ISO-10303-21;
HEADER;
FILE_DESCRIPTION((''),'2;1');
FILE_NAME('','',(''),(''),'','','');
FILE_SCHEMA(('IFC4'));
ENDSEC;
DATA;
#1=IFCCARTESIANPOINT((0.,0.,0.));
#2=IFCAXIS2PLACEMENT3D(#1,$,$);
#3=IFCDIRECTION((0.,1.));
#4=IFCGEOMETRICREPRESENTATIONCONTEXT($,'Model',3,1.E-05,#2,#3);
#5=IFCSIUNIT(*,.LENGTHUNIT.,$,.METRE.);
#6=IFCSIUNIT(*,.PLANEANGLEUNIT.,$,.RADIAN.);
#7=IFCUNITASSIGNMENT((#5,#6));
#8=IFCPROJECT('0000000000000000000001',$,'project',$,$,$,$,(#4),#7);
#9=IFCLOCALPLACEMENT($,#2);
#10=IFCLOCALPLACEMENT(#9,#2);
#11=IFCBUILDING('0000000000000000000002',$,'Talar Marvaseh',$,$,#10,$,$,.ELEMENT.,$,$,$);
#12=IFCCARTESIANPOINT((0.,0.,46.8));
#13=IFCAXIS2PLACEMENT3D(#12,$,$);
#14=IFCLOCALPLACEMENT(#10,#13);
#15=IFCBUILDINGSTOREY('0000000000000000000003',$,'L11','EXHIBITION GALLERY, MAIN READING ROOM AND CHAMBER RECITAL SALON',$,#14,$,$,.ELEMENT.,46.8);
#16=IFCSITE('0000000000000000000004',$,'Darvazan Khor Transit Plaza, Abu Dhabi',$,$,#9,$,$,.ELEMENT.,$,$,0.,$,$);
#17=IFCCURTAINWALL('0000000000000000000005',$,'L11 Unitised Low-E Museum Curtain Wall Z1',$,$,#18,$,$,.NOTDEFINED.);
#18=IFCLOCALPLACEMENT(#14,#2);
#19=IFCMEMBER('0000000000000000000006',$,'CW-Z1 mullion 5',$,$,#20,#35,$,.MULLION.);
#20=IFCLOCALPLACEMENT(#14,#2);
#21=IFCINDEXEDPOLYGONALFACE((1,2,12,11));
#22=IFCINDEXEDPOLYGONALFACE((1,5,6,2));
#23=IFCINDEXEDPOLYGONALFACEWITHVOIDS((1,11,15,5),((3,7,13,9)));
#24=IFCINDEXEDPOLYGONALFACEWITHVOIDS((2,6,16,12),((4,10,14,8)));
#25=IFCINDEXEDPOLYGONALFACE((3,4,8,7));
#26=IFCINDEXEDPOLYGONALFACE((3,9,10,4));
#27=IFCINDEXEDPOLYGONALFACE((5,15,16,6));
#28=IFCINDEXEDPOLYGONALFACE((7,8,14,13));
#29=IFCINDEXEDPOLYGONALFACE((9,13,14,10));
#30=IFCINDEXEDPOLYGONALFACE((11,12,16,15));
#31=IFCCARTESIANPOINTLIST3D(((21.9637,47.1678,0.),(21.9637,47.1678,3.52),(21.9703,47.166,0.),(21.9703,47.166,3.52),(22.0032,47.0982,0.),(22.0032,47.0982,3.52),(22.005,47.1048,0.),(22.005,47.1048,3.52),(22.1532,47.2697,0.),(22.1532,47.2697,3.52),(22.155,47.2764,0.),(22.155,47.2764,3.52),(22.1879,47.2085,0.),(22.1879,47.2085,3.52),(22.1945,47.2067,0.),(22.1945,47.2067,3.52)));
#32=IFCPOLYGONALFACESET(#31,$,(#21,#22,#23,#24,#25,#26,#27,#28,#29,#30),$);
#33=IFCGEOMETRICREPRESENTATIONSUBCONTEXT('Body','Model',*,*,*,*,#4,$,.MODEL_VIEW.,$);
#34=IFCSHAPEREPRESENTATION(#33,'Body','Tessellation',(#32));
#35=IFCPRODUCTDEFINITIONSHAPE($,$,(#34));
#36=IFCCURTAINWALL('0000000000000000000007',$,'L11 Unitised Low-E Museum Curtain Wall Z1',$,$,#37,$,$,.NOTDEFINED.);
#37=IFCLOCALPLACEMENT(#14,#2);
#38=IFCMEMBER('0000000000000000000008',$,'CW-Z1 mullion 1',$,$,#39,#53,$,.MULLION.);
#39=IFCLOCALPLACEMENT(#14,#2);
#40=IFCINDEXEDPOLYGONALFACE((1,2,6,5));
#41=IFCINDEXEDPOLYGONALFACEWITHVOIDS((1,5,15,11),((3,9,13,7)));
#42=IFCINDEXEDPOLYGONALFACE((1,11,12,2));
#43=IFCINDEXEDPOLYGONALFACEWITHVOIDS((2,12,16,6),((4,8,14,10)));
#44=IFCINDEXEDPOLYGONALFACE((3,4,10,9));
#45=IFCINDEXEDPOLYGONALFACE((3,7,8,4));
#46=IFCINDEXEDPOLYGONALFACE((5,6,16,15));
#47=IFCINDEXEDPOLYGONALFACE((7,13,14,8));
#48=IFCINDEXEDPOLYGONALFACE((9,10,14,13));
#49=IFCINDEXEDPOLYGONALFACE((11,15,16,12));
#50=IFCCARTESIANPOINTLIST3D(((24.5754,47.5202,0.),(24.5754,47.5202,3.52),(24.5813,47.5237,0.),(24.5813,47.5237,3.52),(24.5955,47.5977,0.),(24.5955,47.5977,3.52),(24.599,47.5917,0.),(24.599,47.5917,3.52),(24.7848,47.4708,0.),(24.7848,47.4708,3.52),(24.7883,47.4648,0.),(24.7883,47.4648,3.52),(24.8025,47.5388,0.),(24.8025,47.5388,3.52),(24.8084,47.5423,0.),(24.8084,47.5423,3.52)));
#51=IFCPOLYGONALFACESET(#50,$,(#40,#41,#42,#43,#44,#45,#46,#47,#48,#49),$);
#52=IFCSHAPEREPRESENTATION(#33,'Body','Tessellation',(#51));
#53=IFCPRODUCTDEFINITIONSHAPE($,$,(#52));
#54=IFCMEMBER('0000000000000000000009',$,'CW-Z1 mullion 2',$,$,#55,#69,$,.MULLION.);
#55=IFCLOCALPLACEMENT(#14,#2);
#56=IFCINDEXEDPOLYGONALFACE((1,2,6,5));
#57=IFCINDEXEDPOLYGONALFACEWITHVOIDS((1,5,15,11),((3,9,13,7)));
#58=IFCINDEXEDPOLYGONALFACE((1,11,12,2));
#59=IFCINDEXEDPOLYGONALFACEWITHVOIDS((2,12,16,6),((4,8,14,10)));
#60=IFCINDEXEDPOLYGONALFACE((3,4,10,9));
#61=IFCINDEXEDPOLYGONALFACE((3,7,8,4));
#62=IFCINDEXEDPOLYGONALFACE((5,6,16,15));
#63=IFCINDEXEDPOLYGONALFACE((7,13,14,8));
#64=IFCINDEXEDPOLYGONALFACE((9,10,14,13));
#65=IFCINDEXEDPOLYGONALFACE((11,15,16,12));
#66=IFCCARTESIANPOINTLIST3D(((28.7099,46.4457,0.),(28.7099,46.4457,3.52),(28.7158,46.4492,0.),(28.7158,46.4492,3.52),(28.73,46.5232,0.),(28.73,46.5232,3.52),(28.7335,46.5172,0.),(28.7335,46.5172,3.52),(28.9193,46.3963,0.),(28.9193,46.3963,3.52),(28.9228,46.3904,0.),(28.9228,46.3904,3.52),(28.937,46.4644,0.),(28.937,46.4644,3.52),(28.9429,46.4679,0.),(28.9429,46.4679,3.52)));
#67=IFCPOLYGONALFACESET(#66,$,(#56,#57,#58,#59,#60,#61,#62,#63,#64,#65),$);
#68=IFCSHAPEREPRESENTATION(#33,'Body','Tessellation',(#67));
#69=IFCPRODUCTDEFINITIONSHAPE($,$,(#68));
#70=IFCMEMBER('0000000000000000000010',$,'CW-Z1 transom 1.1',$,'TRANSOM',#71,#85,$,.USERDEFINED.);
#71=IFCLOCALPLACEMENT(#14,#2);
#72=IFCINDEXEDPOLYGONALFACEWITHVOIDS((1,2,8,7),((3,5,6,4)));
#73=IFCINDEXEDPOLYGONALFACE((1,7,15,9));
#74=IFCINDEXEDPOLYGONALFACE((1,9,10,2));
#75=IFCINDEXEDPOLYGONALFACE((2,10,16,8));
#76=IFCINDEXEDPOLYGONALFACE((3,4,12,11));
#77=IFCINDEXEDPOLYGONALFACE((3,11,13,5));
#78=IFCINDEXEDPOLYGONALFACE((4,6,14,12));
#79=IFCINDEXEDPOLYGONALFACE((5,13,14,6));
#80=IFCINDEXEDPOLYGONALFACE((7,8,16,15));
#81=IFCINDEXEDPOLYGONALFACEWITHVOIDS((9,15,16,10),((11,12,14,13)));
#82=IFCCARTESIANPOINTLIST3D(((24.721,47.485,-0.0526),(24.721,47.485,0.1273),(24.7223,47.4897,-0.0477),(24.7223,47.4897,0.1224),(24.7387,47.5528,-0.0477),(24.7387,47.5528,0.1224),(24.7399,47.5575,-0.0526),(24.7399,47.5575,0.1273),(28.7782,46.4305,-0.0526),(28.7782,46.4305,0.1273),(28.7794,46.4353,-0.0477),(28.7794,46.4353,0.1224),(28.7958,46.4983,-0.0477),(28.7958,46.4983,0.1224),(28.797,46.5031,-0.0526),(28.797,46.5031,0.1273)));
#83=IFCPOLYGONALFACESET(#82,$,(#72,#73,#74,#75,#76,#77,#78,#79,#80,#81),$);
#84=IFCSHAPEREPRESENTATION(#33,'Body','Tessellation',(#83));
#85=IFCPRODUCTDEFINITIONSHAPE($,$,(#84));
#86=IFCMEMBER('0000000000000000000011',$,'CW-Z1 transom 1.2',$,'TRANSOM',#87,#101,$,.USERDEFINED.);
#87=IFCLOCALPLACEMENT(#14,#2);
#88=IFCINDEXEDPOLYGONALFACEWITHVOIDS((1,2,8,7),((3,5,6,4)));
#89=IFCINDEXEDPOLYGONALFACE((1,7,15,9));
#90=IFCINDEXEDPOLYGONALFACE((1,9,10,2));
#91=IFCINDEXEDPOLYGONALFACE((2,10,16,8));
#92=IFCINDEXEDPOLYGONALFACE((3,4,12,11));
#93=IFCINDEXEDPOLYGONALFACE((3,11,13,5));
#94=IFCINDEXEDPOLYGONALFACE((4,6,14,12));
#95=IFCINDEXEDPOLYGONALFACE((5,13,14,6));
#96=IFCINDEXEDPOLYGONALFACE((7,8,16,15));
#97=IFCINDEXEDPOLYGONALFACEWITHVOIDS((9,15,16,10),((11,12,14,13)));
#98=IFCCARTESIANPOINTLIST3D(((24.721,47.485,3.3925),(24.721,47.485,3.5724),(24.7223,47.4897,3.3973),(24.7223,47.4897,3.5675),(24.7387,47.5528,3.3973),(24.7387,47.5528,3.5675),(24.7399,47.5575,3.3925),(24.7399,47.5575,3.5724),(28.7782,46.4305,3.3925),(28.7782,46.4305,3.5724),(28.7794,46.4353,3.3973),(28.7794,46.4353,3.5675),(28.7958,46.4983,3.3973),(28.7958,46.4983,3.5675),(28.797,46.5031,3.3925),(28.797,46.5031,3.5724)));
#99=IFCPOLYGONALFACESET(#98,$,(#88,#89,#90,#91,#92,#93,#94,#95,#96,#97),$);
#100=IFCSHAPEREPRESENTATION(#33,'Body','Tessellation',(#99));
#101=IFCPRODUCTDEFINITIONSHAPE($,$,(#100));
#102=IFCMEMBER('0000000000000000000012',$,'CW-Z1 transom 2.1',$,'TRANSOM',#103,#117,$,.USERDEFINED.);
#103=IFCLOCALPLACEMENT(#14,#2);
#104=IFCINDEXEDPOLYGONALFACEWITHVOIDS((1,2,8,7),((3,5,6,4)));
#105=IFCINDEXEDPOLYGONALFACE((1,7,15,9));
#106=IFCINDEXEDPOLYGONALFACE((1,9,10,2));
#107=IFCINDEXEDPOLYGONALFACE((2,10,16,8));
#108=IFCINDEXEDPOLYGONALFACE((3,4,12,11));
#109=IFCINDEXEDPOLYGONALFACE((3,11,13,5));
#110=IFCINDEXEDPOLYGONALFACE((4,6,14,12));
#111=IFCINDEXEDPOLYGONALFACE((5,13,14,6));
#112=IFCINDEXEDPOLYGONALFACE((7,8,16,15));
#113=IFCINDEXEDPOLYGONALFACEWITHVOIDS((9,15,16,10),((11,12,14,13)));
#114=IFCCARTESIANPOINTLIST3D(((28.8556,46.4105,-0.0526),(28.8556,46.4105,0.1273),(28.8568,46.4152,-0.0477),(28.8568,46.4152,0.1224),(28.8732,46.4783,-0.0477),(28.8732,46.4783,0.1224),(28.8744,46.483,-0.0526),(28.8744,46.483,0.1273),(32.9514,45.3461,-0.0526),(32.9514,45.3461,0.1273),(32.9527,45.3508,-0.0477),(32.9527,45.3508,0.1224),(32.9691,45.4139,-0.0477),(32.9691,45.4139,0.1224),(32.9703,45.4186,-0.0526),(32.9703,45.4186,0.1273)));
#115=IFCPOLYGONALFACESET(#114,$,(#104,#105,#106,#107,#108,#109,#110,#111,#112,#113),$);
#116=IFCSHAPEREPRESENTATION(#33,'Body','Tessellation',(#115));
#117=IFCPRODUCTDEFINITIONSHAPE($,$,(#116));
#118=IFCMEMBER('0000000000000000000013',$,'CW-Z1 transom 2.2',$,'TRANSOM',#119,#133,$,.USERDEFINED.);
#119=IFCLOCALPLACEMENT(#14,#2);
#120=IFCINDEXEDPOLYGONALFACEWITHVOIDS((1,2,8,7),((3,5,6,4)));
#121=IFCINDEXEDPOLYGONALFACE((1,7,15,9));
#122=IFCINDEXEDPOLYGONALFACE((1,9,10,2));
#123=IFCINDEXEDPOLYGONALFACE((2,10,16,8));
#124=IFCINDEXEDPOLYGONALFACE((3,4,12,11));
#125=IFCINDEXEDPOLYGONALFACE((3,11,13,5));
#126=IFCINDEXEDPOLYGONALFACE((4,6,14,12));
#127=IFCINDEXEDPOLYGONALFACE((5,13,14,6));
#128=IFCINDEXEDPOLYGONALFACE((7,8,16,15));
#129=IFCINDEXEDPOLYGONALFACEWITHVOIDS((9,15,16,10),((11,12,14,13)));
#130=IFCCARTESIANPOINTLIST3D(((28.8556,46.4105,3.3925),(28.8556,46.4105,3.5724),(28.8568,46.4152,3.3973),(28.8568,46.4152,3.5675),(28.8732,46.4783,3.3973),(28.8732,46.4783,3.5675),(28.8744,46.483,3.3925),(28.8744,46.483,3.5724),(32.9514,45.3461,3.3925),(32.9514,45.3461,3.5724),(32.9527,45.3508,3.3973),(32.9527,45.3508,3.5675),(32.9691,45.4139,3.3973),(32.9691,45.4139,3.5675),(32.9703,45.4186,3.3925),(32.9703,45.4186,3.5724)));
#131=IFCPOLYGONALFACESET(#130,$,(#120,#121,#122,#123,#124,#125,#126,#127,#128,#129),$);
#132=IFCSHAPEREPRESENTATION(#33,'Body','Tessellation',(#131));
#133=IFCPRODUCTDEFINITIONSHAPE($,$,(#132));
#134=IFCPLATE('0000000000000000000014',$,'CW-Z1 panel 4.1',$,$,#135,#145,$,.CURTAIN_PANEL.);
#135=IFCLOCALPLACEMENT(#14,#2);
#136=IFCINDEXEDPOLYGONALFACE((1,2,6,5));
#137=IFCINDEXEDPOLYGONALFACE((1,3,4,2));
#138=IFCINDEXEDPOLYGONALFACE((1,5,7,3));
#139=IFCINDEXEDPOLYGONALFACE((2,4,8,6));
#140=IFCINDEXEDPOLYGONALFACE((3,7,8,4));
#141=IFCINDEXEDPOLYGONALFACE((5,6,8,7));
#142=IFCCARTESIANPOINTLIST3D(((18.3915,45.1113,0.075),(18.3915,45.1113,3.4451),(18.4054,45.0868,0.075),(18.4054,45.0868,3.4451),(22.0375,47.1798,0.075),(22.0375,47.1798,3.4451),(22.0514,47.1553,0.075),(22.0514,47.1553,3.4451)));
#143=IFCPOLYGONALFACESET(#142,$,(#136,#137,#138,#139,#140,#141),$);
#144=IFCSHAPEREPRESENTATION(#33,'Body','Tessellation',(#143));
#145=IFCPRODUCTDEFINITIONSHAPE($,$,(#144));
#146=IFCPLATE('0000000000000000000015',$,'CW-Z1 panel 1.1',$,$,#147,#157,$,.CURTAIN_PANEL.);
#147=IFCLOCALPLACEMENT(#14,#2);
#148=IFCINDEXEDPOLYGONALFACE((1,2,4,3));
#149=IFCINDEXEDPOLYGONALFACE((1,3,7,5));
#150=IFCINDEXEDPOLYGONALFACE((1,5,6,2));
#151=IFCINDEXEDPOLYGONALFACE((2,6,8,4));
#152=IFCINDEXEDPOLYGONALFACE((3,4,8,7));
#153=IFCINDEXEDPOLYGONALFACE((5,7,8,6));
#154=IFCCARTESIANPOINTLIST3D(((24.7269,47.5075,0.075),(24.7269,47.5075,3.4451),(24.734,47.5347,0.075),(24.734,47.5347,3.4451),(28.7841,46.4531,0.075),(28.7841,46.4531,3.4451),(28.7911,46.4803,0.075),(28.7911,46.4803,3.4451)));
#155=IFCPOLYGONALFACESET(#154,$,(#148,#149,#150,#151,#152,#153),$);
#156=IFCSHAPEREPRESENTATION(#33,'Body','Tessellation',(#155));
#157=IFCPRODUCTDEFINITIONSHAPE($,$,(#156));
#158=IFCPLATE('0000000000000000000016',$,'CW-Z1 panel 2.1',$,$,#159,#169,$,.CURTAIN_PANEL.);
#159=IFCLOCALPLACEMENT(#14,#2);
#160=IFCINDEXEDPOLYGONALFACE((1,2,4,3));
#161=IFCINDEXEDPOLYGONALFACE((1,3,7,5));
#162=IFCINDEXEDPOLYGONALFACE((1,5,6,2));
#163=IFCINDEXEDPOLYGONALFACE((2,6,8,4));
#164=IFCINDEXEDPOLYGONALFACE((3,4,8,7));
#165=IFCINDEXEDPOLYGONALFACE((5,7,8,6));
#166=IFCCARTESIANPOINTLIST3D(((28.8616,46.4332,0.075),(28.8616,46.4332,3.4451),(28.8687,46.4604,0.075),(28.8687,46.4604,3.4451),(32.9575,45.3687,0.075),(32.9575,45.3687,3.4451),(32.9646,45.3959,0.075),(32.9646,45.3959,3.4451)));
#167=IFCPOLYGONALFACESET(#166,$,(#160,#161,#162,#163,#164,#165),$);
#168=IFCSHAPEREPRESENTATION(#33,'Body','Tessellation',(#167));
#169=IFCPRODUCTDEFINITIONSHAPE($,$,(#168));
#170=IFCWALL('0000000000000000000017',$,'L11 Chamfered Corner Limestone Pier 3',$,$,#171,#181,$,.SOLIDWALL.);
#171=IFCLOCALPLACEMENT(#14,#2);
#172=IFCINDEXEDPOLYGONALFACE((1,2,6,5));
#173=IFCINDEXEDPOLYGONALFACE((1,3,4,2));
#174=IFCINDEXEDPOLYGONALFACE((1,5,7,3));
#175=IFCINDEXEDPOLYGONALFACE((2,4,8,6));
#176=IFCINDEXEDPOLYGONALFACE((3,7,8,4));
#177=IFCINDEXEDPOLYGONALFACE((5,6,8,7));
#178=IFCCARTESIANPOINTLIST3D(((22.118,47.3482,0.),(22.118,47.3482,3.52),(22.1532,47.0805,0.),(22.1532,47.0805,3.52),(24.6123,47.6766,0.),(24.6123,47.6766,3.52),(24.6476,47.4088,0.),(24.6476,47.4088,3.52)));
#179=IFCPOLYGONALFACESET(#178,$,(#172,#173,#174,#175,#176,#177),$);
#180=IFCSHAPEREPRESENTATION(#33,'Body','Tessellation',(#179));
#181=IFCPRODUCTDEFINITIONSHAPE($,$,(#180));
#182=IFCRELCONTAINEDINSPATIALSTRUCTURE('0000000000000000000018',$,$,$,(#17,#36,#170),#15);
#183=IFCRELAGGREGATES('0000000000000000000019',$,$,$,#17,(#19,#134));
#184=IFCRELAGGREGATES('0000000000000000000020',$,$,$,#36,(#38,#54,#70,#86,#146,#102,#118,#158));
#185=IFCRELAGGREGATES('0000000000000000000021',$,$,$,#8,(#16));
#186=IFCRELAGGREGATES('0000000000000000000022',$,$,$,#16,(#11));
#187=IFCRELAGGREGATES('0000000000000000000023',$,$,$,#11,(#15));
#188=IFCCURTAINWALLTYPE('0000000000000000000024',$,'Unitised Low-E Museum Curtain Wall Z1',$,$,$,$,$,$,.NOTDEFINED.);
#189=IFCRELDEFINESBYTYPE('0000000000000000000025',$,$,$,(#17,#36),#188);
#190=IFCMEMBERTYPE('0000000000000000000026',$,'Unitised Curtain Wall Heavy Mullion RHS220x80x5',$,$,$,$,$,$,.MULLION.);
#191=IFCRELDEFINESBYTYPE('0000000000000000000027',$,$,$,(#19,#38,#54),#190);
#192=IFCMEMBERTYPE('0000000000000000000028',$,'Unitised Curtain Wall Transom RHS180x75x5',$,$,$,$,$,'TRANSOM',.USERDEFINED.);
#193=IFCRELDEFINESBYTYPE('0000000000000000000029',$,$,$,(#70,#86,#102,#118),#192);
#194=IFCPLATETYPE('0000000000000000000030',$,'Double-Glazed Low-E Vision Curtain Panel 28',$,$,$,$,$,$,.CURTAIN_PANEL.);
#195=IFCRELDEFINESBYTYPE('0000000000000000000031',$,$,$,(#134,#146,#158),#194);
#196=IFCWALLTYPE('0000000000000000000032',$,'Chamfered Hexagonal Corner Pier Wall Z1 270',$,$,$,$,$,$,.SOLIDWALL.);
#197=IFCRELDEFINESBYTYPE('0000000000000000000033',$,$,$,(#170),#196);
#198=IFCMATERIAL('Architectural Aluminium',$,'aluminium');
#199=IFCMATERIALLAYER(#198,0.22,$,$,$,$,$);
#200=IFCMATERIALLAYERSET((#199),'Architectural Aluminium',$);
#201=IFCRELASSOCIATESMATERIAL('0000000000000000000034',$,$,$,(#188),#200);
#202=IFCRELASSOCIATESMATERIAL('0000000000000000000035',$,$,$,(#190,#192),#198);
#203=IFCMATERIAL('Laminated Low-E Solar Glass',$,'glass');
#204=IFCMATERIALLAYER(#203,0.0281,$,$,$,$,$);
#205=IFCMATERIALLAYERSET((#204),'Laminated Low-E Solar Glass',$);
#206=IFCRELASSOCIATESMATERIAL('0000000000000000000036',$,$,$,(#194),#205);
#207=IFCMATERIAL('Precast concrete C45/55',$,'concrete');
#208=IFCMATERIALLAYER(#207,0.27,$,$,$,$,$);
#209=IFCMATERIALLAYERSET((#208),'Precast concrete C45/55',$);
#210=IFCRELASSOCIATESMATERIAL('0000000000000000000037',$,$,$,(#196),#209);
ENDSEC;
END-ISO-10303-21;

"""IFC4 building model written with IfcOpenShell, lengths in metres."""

from ifc_helpers import new_model, si_unit, direction, frame, frame_2d, origin, origin_2d, place, context, subcontext, project, spatial, rectangle, hollow_rectangle, extrude, source, transform, mapped, material, layer, layer_set, material_profile, profile_set, type_object, type_shapes, element, aggregate, save


model = new_model("IFC4")

# Units and contexts
model_context = context("Model", 3, precision=1e-05, world=origin(), true_north=direction((0.0, 1.0)))
body_context = subcontext(model_context, "Body", "Model", "MODEL_VIEW")
ifc_project = project(units=[si_unit("LENGTHUNIT", "METRE"), si_unit("PLANEANGLEUNIT", "RADIAN")], contexts=[model_context])

# Site, building, storey
site_placement = place(None, origin())
site = spatial("IfcSite", under=ifc_project, at=site_placement, Name="Darvazan Khor Transit Plaza, Abu Dhabi", CompositionType="ELEMENT", RefElevation=0.0)
building_placement = place(site_placement, origin())
building = spatial("IfcBuilding", under=site, at=building_placement, Name="Talar Marvaseh", CompositionType="ELEMENT")
storey_placement = place(building_placement, frame((0.0, 0.0, 46.8)))
storey = spatial("IfcBuildingStorey", under=building, at=storey_placement, Name="L11", Description="EXHIBITION GALLERY, MAIN READING ROOM AND CHAMBER RECITAL SALON", CompositionType="ELEMENT", Elevation=46.8)

# Curtain wall, member
ifc_material_1 = material(Name="Architectural Aluminium", Category="aluminium")
ifc_layer_1 = layer(ifc_material_1, 0.22)
ifc_layer_set_1 = layer_set([ifc_layer_1], Name="Architectural Aluminium")
curtain_wall_type = type_object("IfcCurtainWallType", Name="Unitised Low-E Museum Curtain Wall Z1", PredefinedType="NOTDEFINED", material=ifc_layer_set_1)
curtain_wall_1_placement = place(storey_placement, origin())
curtain_wall_1 = element("IfcCurtainWall", 1, at=curtain_wall_1_placement, inside=storey, type_object=curtain_wall_type, Name="L11 Unitised Low-E Museum Curtain Wall Z1", PredefinedType="NOTDEFINED")
ifc_material_profile_1 = material_profile(ifc_material_1, hollow_rectangle(XDim=0.0801, YDim=0.22, WallThickness=0.0049, at=origin_2d()), Name="RHS220x80x5")
ifc_profile_set_1 = profile_set([ifc_material_profile_1], Name="Architectural Aluminium")
member_type_1 = type_object("IfcMemberType", Name="Unitised Curtain Wall Heavy Mullion RHS220x80x5", PredefinedType="MULLION", material=ifc_profile_set_1)
shared_shape_1 = source(origin(), body_context, "Body", "SweptSolid", [
    extrude(hollow_rectangle(XDim=0.0801, YDim=0.22, WallThickness=0.0049, at=origin_2d()), origin(), (0.0, 0.0, 1.0), 3.52),
])
type_shapes(member_type_1, [shared_shape_1])
member_1_placement = place(storey_placement, frame((22.0791, 47.1873, 0.0), z_axis=(0.0, 0.0, 1.0), x_axis=(-0.493456, 0.869771, 0.0)))
member_1 = element("IfcMember", 2, at=member_1_placement, type_object=member_type_1, Name="CW-Z1 mullion 5", PredefinedType="MULLION", context=body_context, shape_type="MappedRepresentation", body=[
    mapped(shared_shape_1, transform((0.0, 0.0, 0.0), x_axis=(1.0, 0.0, 0.0), y_axis=(0.0, 1.0, 0.0), z_axis=(0.0, 0.0, 1.0), scale=1.0)),
])

# Curtain wall, members
curtain_wall_2_placement = place(storey_placement, origin())
curtain_wall_2 = element("IfcCurtainWall", 3, at=curtain_wall_2_placement, inside=storey, type_object=curtain_wall_type, Name="L11 Unitised Low-E Museum Curtain Wall Z1", PredefinedType="NOTDEFINED")
member_2_placement = place(storey_placement, frame((24.6919, 47.5312, 0.0), z_axis=(0.0, 0.0, 1.0), x_axis=(0.251525, 0.967851, 0.0)))
member_2 = element("IfcMember", 4, at=member_2_placement, type_object=member_type_1, Name="CW-Z1 mullion 1", PredefinedType="MULLION", context=body_context, shape_type="MappedRepresentation", body=[
    mapped(shared_shape_1, transform((0.0, 0.0, 0.0), x_axis=(1.0, 0.0, 0.0), y_axis=(0.0, 1.0, 0.0), z_axis=(0.0, 0.0, 1.0), scale=1.0)),
])
member_3_placement = place(storey_placement, frame((28.8264, 46.4568, 0.0), z_axis=(0.0, 0.0, 1.0), x_axis=(0.251525, 0.967851, 0.0)))
member_3 = element("IfcMember", 5, at=member_3_placement, type_object=member_type_1, Name="CW-Z1 mullion 2", PredefinedType="MULLION", context=body_context, shape_type="MappedRepresentation", body=[
    mapped(shared_shape_1, transform((0.0, 0.0, 0.0), x_axis=(1.0, 0.0, 0.0), y_axis=(0.0, 1.0, 0.0), z_axis=(0.0, 0.0, 1.0), scale=1.0)),
])
ifc_material_profile_2 = material_profile(ifc_material_1, hollow_rectangle(XDim=0.075, YDim=0.1799, WallThickness=0.0049, at=origin_2d()), Name="RHS180x75x5")
ifc_profile_set_2 = profile_set([ifc_material_profile_2], Name="Architectural Aluminium")
member_type_2 = type_object("IfcMemberType", Name="Unitised Curtain Wall Transom RHS180x75x5", ElementType="TRANSOM", PredefinedType="USERDEFINED", material=ifc_profile_set_2)
shared_shape_2 = source(origin(), body_context, "Body", "SweptSolid", [
    extrude(hollow_rectangle(XDim=0.075, YDim=0.1799, WallThickness=0.0049, at=origin_2d()), origin(), (0.0, 0.0, 1.0), 4.1919),
])
member_4_placement = place(storey_placement, frame((24.7305, 47.5212, 0.0374), z_axis=(0.967846, -0.251542, 0.0), x_axis=(0.251542, 0.967846, 0.0)))
member_4 = element("IfcMember", 6, at=member_4_placement, type_object=member_type_2, Name="CW-Z1 transom 1.1", ObjectType="TRANSOM", PredefinedType="USERDEFINED", context=body_context, shape_type="MappedRepresentation", body=[
    mapped(shared_shape_2, transform((0.0, 0.0, 0.0), x_axis=(1.0, 0.0, 0.0), y_axis=(0.0, 1.0, 0.0), z_axis=(0.0, 0.0, 1.0), scale=1.0)),
])
member_5_placement = place(storey_placement, frame((24.7305, 47.5212, 3.4824), z_axis=(0.967846, -0.251542, 0.0), x_axis=(0.251542, 0.967846, 0.0)))
member_5 = element("IfcMember", 7, at=member_5_placement, type_object=member_type_2, Name="CW-Z1 transom 1.2", ObjectType="TRANSOM", PredefinedType="USERDEFINED", context=body_context, shape_type="MappedRepresentation", body=[
    mapped(shared_shape_2, transform((0.0, 0.0, 0.0), x_axis=(1.0, 0.0, 0.0), y_axis=(0.0, 1.0, 0.0), z_axis=(0.0, 0.0, 1.0), scale=1.0)),
])
shared_shape_3 = source(origin(), body_context, "Body", "SweptSolid", [
    extrude(hollow_rectangle(XDim=0.075, YDim=0.1799, WallThickness=0.0049, at=origin_2d()), origin(), (0.0, 0.0, 1.0), 4.2319),
])
type_shapes(member_type_2, [shared_shape_2, shared_shape_3])
member_6_placement = place(storey_placement, frame((28.865, 46.4468, 0.0374), z_axis=(0.967851, -0.251525, 0.0), x_axis=(0.251525, 0.967851, 0.0)))
member_6 = element("IfcMember", 8, at=member_6_placement, type_object=member_type_2, Name="CW-Z1 transom 2.1", ObjectType="TRANSOM", PredefinedType="USERDEFINED", context=body_context, shape_type="MappedRepresentation", body=[
    mapped(shared_shape_3, transform((0.0, 0.0, 0.0), x_axis=(1.0, 0.0, 0.0), y_axis=(0.0, 1.0, 0.0), z_axis=(0.0, 0.0, 1.0), scale=1.0)),
])
member_7_placement = place(storey_placement, frame((28.865, 46.4468, 3.4824), z_axis=(0.967851, -0.251525, 0.0), x_axis=(0.251525, 0.967851, 0.0)))
member_7 = element("IfcMember", 9, at=member_7_placement, type_object=member_type_2, Name="CW-Z1 transom 2.2", ObjectType="TRANSOM", PredefinedType="USERDEFINED", context=body_context, shape_type="MappedRepresentation", body=[
    mapped(shared_shape_3, transform((0.0, 0.0, 0.0), x_axis=(1.0, 0.0, 0.0), y_axis=(0.0, 1.0, 0.0), z_axis=(0.0, 0.0, 1.0), scale=1.0)),
])

# Plates
ifc_material_2 = material(Name="Laminated Low-E Solar Glass", Category="glass")
ifc_layer_2 = layer(ifc_material_2, 0.0281)
ifc_layer_set_2 = layer_set([ifc_layer_2], Name="Laminated Low-E Solar Glass")
plate_type = type_object("IfcPlateType", Name="Double-Glazed Low-E Vision Curtain Panel 28", PredefinedType="CURTAIN_PANEL", material=ifc_layer_set_2)
shared_shape_4 = source(origin(), body_context, "Body", "SweptSolid", [
    extrude(rectangle(XDim=4.1919, YDim=0.0281, at=origin_2d()), origin(), (0.0, 0.0, 1.0), 3.3701),
])
plate_1_placement = place(storey_placement, frame((20.2214, 46.1333, 0.075), z_axis=(0.0, 0.0, 1.0), x_axis=(0.869771, 0.493456, 0.0)))
plate_1 = element("IfcPlate", 10, at=plate_1_placement, type_object=plate_type, Name="CW-Z1 panel 4.1", PredefinedType="CURTAIN_PANEL", context=body_context, shape_type="MappedRepresentation", body=[
    mapped(shared_shape_4, transform((0.0, 0.0, 0.0), x_axis=(1.0, 0.0, 0.0), y_axis=(0.0, 1.0, 0.0), z_axis=(0.0, 0.0, 1.0), scale=1.0)),
])
aggregate(curtain_wall_1, [member_1, plate_1])
plate_2_placement = place(storey_placement, frame((26.759, 46.9939, 0.075), z_axis=(0.0, 0.0, 1.0), x_axis=(0.967851, -0.251525, 0.0)))
plate_2 = element("IfcPlate", 11, at=plate_2_placement, type_object=plate_type, Name="CW-Z1 panel 1.1", PredefinedType="CURTAIN_PANEL", context=body_context, shape_type="MappedRepresentation", body=[
    mapped(shared_shape_4, transform((0.0, 0.0, 0.0), x_axis=(1.0, 0.0, 0.0), y_axis=(0.0, 1.0, 0.0), z_axis=(0.0, 0.0, 1.0), scale=1.0)),
])
shared_shape_5 = source(origin(), body_context, "Body", "SweptSolid", [
    extrude(rectangle(XDim=4.2319, YDim=0.0281, at=origin_2d()), origin(), (0.0, 0.0, 1.0), 3.3701),
])
type_shapes(plate_type, [shared_shape_4, shared_shape_5])
plate_3_placement = place(storey_placement, frame((30.9131, 45.9146, 0.075), z_axis=(0.0, 0.0, 1.0), x_axis=(0.967851, -0.251525, 0.0)))
plate_3 = element("IfcPlate", 12, at=plate_3_placement, type_object=plate_type, Name="CW-Z1 panel 2.1", PredefinedType="CURTAIN_PANEL", context=body_context, shape_type="MappedRepresentation", body=[
    mapped(shared_shape_5, transform((0.0, 0.0, 0.0), x_axis=(1.0, 0.0, 0.0), y_axis=(0.0, 1.0, 0.0), z_axis=(0.0, 0.0, 1.0), scale=1.0)),
])
aggregate(curtain_wall_2, [member_2, member_3, member_4, member_5, plate_2, member_6, member_7, plate_3])

# Wall
ifc_material_3 = material(Name="Precast concrete C45/55", Category="concrete")
ifc_layer_3 = layer(ifc_material_3, 0.27)
ifc_layer_set_3 = layer_set([ifc_layer_3], Name="Precast concrete C45/55")
wall_type = type_object("IfcWallType", Name="Chamfered Hexagonal Corner Pier Wall Z1 270", PredefinedType="SOLIDWALL", material=ifc_layer_set_3)
wall_placement = place(storey_placement, frame((22.1357, 47.2144, 0.0), z_axis=(0.0, 0.0, 1.0), x_axis=(0.991446, 0.130517, 0.0)))
element("IfcWall", 13, at=wall_placement, inside=storey, type_object=wall_type, Name="L11 Chamfered Corner Limestone Pier 3", PredefinedType="SOLIDWALL", context=body_context, shape_type="SweptSolid", body=[
    extrude(rectangle(XDim=2.5159, YDim=0.27, at=frame_2d((1.2578, 0.0))), origin(), (0.0, 0.0, 1.0), 3.52),
])

save(model, "model.ifc")
